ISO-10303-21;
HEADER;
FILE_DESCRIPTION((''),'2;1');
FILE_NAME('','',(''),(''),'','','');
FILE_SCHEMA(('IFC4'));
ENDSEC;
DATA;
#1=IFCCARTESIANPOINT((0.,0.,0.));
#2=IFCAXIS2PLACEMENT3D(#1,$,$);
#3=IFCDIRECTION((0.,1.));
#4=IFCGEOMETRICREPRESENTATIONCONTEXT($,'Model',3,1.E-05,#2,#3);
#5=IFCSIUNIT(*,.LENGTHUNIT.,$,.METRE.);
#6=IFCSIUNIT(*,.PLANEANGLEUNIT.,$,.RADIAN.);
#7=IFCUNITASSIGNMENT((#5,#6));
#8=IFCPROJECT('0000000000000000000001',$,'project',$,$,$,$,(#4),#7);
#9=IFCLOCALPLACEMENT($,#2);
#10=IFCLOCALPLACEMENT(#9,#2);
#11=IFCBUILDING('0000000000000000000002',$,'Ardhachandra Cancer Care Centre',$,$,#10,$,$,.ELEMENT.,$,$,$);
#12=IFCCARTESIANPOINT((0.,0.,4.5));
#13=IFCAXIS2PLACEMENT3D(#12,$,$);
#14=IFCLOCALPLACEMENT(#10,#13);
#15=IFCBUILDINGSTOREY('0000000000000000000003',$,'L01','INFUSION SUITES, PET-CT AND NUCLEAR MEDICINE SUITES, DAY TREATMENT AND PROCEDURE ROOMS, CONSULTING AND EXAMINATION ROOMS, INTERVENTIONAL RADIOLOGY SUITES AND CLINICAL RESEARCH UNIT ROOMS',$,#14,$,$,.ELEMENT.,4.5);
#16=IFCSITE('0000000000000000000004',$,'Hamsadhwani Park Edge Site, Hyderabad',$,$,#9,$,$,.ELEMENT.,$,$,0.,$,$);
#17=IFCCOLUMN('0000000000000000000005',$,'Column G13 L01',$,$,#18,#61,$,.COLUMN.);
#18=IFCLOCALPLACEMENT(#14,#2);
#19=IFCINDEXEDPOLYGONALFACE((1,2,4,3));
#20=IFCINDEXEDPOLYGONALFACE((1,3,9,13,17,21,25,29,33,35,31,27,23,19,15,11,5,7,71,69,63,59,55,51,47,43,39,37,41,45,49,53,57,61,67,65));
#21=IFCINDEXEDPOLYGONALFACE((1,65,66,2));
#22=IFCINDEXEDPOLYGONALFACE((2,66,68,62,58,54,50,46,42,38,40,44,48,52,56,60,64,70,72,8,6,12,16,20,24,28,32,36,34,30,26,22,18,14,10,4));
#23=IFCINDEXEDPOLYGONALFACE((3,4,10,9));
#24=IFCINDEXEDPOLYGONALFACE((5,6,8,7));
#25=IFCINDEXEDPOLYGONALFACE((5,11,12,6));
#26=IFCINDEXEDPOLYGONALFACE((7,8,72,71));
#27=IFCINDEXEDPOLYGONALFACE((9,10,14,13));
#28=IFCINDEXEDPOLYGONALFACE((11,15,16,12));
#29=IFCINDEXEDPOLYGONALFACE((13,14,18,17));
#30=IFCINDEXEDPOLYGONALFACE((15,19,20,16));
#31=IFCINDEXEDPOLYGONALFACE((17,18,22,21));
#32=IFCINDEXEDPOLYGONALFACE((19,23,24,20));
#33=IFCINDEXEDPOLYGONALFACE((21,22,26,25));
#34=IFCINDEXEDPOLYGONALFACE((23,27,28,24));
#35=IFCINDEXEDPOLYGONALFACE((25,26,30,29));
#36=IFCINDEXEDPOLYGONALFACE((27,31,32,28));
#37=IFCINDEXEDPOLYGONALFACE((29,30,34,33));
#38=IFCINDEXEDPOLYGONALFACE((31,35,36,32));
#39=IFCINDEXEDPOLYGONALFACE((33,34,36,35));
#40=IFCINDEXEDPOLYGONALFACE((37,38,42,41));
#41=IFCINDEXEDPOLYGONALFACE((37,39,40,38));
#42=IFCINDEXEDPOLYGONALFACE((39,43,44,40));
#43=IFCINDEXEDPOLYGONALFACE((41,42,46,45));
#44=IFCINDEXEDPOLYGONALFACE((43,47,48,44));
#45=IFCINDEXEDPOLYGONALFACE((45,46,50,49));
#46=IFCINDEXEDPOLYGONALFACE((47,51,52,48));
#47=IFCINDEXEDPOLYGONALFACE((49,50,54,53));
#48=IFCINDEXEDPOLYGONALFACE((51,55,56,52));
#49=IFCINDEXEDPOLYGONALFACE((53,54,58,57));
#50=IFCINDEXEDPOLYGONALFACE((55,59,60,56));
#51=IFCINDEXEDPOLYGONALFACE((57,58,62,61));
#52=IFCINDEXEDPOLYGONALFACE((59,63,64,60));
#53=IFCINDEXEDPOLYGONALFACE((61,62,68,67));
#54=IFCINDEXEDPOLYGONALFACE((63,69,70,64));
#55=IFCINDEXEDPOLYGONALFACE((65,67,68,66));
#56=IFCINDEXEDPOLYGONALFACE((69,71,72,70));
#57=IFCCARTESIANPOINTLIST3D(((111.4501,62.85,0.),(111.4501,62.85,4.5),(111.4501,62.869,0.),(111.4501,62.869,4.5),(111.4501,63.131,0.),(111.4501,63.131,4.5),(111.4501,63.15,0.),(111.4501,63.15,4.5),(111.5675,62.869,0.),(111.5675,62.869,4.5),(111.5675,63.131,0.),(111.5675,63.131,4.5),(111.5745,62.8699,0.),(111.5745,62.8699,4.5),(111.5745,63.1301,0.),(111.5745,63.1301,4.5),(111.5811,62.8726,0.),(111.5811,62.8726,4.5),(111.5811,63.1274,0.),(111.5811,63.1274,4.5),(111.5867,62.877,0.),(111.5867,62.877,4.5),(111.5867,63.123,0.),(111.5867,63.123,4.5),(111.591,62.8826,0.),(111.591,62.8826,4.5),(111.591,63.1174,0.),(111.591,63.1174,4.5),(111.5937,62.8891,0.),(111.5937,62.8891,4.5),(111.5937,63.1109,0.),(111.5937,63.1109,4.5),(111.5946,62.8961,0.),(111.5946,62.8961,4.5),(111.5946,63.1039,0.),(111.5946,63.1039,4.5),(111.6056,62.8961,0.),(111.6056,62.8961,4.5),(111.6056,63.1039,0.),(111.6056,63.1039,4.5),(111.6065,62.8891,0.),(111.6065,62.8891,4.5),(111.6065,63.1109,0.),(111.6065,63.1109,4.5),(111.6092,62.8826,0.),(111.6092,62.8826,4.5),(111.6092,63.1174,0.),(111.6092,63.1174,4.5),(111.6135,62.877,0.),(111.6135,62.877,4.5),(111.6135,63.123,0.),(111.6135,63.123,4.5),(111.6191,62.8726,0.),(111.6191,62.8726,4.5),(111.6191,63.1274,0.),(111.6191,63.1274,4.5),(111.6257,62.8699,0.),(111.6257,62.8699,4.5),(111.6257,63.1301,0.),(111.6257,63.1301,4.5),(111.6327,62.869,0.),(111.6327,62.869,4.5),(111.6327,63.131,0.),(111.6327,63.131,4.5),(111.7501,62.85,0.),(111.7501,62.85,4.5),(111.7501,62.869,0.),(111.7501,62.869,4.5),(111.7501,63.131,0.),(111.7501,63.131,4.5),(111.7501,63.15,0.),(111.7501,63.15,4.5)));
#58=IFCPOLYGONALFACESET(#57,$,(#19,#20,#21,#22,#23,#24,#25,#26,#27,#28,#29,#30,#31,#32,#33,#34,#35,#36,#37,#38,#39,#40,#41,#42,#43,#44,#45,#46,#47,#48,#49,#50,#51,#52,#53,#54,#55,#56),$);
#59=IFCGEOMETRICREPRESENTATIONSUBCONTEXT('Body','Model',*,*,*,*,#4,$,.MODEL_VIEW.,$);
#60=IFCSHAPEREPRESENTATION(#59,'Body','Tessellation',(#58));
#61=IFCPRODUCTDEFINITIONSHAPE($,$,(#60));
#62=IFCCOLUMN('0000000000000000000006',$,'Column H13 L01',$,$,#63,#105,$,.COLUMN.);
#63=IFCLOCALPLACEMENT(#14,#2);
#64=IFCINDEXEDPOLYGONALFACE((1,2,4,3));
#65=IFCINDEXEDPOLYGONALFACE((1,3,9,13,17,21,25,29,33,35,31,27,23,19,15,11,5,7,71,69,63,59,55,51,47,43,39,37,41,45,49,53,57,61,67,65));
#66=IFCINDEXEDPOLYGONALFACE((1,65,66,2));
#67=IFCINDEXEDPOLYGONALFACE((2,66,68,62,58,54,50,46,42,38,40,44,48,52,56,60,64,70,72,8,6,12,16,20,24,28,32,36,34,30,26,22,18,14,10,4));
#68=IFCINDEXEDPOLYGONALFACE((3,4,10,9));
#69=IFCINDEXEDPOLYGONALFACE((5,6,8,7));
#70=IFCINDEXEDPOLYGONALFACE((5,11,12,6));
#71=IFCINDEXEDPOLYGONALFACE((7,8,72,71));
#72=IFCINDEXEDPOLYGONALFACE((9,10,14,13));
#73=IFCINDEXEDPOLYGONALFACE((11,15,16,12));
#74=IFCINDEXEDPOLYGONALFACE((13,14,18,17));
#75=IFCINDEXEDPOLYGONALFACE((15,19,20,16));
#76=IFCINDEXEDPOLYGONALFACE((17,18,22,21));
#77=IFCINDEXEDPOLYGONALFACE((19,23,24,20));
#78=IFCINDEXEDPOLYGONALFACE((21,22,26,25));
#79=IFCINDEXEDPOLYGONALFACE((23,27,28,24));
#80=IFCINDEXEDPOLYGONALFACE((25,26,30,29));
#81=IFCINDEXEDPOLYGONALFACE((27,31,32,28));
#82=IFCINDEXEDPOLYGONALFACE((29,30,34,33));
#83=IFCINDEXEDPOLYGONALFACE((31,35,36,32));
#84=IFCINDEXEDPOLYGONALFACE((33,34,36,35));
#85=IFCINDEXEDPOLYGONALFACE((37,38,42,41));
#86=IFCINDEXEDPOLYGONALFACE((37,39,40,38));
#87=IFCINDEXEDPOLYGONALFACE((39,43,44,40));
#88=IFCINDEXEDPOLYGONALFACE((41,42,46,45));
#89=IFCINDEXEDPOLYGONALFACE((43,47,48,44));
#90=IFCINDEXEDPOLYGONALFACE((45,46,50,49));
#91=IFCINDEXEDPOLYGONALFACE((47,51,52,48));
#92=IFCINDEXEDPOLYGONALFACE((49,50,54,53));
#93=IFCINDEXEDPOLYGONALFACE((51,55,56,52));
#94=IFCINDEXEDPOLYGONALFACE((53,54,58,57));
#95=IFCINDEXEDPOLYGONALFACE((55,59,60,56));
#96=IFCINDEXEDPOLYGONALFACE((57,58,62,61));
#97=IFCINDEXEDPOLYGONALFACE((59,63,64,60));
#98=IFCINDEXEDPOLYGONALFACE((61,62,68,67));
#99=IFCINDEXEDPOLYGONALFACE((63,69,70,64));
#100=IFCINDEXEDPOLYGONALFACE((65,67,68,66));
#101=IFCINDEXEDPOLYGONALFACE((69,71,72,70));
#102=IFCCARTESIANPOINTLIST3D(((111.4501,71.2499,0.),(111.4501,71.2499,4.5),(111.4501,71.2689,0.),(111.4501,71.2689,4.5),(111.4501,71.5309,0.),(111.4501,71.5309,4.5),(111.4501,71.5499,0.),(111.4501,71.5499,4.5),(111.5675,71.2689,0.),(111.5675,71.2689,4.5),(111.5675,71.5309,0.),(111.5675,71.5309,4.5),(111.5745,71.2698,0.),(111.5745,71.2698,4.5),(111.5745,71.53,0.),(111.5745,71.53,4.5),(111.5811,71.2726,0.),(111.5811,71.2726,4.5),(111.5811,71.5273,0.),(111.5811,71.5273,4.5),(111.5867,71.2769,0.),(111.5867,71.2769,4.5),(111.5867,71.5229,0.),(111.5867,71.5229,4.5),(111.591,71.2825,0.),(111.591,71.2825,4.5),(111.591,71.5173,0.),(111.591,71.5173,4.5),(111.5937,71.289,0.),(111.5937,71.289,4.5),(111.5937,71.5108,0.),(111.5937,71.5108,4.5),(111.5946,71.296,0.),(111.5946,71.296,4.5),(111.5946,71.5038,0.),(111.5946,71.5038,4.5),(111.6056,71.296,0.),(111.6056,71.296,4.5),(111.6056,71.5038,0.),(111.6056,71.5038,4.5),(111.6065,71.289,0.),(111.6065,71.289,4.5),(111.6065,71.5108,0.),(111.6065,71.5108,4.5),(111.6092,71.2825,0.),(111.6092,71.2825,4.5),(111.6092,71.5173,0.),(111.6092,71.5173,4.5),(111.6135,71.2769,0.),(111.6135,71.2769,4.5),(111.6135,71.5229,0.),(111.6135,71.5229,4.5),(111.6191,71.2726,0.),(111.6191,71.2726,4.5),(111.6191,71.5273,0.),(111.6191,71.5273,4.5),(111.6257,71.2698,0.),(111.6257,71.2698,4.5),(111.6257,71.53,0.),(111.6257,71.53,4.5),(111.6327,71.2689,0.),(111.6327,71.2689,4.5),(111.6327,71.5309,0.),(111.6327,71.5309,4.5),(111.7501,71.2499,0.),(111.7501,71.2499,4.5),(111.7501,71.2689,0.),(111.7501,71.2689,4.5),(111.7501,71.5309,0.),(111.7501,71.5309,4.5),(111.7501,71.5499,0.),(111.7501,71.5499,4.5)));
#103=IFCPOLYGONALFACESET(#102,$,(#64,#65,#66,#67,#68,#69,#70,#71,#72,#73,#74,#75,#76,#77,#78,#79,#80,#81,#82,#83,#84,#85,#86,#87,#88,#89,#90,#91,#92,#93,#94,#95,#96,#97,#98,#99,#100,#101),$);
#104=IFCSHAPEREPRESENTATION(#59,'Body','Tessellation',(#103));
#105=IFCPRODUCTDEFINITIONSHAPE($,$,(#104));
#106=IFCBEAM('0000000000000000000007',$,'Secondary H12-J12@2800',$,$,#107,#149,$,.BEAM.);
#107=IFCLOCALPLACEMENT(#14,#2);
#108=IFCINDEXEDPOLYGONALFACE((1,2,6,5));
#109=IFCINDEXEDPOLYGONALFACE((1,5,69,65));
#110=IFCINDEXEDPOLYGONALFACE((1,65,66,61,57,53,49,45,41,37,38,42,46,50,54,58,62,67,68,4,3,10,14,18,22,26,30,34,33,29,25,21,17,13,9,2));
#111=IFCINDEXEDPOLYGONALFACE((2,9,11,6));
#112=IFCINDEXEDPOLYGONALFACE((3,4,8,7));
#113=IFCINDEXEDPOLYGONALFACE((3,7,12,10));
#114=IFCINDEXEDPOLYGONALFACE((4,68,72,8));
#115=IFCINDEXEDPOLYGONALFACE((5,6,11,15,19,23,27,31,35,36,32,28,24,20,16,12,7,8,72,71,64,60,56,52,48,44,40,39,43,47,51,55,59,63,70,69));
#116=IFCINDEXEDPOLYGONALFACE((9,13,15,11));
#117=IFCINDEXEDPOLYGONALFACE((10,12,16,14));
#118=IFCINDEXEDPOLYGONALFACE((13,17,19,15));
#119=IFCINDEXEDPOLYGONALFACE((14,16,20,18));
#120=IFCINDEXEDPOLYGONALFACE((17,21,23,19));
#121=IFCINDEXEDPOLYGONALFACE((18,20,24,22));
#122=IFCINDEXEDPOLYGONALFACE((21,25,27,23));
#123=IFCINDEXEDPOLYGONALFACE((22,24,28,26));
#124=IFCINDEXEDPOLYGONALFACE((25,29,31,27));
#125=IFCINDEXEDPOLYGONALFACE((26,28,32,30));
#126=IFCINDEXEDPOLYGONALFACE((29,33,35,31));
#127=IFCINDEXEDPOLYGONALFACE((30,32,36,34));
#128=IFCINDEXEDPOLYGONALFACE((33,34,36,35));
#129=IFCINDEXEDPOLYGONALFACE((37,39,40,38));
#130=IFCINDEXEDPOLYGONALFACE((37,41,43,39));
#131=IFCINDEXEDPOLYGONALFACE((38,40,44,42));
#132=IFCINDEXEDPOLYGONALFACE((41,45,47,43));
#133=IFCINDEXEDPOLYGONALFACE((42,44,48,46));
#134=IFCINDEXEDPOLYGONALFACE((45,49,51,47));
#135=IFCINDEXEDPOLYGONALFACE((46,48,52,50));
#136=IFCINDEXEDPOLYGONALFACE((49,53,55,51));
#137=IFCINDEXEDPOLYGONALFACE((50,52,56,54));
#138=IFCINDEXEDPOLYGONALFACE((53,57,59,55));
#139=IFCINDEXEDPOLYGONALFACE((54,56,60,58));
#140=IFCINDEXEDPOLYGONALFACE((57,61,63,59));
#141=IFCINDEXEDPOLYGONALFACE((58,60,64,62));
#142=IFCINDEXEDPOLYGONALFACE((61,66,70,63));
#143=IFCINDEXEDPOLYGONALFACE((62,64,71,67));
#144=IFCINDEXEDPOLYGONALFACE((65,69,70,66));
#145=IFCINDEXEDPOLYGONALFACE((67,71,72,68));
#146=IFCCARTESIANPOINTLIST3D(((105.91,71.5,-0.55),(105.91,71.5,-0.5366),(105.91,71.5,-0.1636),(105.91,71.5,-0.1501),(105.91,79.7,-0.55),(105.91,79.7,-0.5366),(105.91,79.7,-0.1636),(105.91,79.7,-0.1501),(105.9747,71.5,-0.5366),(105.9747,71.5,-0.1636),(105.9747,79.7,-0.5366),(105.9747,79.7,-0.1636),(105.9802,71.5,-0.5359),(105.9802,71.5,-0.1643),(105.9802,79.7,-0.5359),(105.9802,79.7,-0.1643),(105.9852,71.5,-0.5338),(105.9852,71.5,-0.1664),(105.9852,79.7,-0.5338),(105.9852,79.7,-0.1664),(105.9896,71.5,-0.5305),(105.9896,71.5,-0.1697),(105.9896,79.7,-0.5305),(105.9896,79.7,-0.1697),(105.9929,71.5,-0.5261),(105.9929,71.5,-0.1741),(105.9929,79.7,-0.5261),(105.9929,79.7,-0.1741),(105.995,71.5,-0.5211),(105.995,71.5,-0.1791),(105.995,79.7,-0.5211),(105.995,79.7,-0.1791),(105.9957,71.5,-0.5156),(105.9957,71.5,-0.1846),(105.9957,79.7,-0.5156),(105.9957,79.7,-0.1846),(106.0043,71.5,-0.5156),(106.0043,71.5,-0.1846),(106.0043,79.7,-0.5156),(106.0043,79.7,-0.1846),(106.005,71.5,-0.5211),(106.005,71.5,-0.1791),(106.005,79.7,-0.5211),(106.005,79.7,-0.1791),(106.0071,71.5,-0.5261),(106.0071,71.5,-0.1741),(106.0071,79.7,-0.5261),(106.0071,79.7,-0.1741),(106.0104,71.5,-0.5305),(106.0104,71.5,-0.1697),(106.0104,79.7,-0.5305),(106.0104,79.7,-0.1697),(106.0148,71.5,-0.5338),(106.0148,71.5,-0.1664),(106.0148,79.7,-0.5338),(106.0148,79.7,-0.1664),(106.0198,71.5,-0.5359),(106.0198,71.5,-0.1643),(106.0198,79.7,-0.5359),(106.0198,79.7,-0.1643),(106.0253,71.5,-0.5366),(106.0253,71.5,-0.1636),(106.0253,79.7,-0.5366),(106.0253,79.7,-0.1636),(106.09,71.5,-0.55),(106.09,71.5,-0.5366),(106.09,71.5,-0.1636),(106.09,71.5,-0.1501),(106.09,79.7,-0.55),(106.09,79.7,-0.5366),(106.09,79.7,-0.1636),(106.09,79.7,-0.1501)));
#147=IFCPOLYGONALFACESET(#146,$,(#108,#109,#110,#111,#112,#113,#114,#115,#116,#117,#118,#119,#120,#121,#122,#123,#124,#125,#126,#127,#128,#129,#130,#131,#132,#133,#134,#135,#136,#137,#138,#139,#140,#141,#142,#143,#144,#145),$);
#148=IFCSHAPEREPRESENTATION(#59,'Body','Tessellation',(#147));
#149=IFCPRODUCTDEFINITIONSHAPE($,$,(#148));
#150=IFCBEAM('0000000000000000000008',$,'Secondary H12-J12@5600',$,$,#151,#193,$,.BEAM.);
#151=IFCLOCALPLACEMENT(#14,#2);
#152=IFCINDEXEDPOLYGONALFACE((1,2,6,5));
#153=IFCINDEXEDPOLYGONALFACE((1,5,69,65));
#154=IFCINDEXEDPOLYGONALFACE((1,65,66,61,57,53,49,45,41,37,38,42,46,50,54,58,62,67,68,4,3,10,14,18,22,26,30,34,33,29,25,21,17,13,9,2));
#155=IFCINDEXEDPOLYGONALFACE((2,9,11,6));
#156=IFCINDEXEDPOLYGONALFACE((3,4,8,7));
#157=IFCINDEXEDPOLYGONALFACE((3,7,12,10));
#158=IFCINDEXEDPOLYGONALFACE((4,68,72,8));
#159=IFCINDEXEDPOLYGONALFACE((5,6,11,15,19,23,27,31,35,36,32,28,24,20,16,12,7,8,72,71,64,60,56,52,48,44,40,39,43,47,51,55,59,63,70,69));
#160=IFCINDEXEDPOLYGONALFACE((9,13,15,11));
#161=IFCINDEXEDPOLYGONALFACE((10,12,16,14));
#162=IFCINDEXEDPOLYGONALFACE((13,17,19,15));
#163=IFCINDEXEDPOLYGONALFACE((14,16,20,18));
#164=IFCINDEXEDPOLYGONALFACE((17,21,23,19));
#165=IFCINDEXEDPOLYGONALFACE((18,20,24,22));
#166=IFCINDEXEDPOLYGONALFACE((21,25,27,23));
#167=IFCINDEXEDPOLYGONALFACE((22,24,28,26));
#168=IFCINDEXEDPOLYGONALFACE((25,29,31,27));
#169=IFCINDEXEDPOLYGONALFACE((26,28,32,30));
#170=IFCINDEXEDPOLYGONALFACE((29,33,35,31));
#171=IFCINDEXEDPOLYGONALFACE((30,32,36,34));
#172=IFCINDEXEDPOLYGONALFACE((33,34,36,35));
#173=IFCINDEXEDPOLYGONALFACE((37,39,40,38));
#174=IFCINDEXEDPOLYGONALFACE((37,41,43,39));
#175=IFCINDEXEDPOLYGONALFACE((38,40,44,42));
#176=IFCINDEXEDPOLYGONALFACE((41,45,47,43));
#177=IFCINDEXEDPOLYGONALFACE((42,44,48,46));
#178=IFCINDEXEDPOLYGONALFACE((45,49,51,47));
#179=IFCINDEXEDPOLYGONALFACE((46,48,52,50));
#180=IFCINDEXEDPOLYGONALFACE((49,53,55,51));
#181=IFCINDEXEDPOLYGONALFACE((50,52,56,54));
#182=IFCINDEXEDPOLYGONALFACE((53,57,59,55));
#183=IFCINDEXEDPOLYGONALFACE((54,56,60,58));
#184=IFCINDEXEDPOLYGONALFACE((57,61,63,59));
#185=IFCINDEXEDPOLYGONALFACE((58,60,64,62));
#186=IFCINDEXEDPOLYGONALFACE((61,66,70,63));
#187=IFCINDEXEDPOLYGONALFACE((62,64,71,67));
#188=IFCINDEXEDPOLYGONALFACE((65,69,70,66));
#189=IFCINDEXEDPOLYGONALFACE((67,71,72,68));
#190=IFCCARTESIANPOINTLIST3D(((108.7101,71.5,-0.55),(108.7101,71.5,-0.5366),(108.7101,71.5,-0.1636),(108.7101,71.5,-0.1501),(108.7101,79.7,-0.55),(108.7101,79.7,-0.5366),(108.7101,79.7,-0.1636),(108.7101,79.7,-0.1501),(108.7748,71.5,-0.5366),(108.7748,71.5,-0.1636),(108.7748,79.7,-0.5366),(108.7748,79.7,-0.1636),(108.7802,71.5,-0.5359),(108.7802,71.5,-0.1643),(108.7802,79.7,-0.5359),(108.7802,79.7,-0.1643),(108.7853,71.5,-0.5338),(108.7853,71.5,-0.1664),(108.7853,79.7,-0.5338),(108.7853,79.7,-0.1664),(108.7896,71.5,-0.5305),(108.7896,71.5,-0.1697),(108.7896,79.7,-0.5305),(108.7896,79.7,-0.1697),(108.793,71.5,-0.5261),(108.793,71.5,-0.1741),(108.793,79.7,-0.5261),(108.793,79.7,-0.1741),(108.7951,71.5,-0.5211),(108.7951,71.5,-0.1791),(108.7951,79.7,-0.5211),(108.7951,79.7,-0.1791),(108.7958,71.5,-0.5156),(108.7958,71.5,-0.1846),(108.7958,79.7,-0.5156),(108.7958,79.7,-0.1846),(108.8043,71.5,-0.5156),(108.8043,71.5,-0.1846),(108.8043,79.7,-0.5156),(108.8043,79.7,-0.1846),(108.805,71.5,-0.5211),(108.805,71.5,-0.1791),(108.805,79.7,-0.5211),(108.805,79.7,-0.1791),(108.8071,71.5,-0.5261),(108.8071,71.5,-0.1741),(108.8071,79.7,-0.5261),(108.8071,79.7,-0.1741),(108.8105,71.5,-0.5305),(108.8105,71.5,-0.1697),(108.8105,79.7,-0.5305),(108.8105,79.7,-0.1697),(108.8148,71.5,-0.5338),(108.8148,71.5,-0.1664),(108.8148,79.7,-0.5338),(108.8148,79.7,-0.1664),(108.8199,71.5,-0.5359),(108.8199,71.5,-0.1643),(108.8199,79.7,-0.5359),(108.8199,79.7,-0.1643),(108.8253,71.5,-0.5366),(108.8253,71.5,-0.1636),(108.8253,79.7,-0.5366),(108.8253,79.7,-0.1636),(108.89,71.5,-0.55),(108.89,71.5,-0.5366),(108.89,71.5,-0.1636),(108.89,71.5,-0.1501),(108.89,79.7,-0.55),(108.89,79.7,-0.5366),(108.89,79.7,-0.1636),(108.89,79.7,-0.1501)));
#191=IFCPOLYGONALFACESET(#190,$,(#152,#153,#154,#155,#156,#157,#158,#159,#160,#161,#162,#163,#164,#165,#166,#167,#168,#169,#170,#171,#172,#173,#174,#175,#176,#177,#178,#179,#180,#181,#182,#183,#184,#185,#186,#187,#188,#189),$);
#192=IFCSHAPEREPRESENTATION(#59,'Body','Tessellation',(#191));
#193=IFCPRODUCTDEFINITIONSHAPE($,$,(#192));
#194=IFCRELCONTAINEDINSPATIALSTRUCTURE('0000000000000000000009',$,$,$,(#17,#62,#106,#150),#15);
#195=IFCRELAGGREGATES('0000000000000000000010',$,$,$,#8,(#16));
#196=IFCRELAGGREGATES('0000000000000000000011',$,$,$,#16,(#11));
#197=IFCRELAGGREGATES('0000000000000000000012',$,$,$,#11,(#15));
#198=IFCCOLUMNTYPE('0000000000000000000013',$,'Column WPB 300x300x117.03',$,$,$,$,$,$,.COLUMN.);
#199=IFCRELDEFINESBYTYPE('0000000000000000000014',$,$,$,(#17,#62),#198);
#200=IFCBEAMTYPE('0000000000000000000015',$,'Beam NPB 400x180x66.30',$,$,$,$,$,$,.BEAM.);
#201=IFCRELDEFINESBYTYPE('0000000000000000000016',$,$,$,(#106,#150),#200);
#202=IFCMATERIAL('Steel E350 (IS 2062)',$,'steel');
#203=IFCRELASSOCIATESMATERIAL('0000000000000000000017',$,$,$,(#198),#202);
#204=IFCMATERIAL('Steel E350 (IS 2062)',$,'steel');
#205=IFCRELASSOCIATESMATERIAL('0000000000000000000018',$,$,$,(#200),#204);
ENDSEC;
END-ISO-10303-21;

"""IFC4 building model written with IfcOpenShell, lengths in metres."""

from ifc_helpers import new_model, si_unit, direction, frame, origin, origin_2d, place, context, subcontext, project, spatial, i_section, extrude, material, material_profile, profile_set, type_object, element, save


model = new_model("IFC4")

# Units and contexts
model_context = context("Model", 3, precision=1e-05, world=origin(), true_north=direction((0.0, 1.0)))
body_context = subcontext(model_context, "Body", "Model", "MODEL_VIEW")
ifc_project = project(units=[si_unit("LENGTHUNIT", "METRE"), si_unit("PLANEANGLEUNIT", "RADIAN")], contexts=[model_context])

# Site, building, storey
site_placement = place(None, origin())
site = spatial("IfcSite", under=ifc_project, at=site_placement, Name="Hamsadhwani Park Edge Site, Hyderabad", CompositionType="ELEMENT", RefElevation=0.0)
building_placement = place(site_placement, origin())
building = spatial("IfcBuilding", under=site, at=building_placement, Name="Ardhachandra Cancer Care Centre", CompositionType="ELEMENT")
storey_placement = place(building_placement, frame((0.0, 0.0, 4.5)))
storey = spatial("IfcBuildingStorey", under=building, at=storey_placement, Name="L01", Description="INFUSION SUITES, PET-CT AND NUCLEAR MEDICINE SUITES, DAY TREATMENT AND PROCEDURE ROOMS, CONSULTING AND EXAMINATION ROOMS, INTERVENTIONAL RADIOLOGY SUITES AND CLINICAL RESEARCH UNIT ROOMS", CompositionType="ELEMENT", Elevation=4.5)

# Columns
ifc_material_1 = material(Name="Steel E350 (IS 2062)", Category="steel")
ifc_material_profile_1 = material_profile(ifc_material_1, i_section(OverallWidth=0.3, OverallDepth=0.3, WebThickness=0.011, FlangeThickness=0.019, FilletRadius=0.0271, at=origin_2d()), Name="WPB 300x300x117.03")
ifc_profile_set_1 = profile_set([ifc_material_profile_1], Name="Steel E350 (IS 2062)")
column_type = type_object("IfcColumnType", Name="Column WPB 300x300x117.03", PredefinedType="COLUMN", material=ifc_profile_set_1)
for number, where, z_axis, x_axis, name in (
    (1, (111.6001, 63.0, 0.0), (0.0, 0.0, 1.0), (1.0, 0.0, 0.0), "Column G13 L01"),
    (2, (111.6001, 71.3999, 0.0), (0.0, 0.0, 1.0), (1.0, 0.0, 0.0), "Column H13 L01"),
):
    element("IfcColumn", number, at=place(storey_placement, frame(where, z_axis=z_axis, x_axis=x_axis)), inside=storey, type_object=column_type, Name=name, PredefinedType="COLUMN", context=body_context, shape_type="SweptSolid", body=[
        extrude(i_section(OverallWidth=0.3, OverallDepth=0.3, WebThickness=0.011, FlangeThickness=0.019, FilletRadius=0.0271, at=origin_2d()), origin(), (0.0, 0.0, 1.0), 4.5),
    ])

# Beams
ifc_material_2 = material(Name="Steel E350 (IS 2062)", Category="steel")
ifc_material_profile_2 = material_profile(ifc_material_2, i_section(OverallWidth=0.1799, OverallDepth=0.3999, WebThickness=0.0085, FlangeThickness=0.0134, FilletRadius=0.021, at=origin_2d()), Name="NPB 400x180x66.30")
ifc_profile_set_2 = profile_set([ifc_material_profile_2], Name="Steel E350 (IS 2062)")
beam_type_1 = type_object("IfcBeamType", Name="Beam NPB 400x180x66.30", PredefinedType="BEAM", material=ifc_profile_set_2)
for number, where, z_axis, x_axis, name in (
    (3, (106.0, 71.5, -0.3501), (0.0, 1.0, 0.0), (-1.0, 0.0, 0.0), "Secondary H12-J12@2800"),
    (4, (108.8, 71.5, -0.3501), (0.0, 1.0, 0.0), (-1.0, 0.0, 0.0), "Secondary H12-J12@5600"),
):
    element("IfcBeam", number, at=place(storey_placement, frame(where, z_axis=z_axis, x_axis=x_axis)), inside=storey, type_object=beam_type_1, Name=name, PredefinedType="BEAM", context=body_context, shape_type="SweptSolid", body=[
        extrude(i_section(OverallWidth=0.1799, OverallDepth=0.3999, WebThickness=0.0085, FlangeThickness=0.0134, FilletRadius=0.021, at=origin_2d()), origin(), (0.0, 0.0, 1.0), 8.2),
    ])

save(model, "model.ifc")
